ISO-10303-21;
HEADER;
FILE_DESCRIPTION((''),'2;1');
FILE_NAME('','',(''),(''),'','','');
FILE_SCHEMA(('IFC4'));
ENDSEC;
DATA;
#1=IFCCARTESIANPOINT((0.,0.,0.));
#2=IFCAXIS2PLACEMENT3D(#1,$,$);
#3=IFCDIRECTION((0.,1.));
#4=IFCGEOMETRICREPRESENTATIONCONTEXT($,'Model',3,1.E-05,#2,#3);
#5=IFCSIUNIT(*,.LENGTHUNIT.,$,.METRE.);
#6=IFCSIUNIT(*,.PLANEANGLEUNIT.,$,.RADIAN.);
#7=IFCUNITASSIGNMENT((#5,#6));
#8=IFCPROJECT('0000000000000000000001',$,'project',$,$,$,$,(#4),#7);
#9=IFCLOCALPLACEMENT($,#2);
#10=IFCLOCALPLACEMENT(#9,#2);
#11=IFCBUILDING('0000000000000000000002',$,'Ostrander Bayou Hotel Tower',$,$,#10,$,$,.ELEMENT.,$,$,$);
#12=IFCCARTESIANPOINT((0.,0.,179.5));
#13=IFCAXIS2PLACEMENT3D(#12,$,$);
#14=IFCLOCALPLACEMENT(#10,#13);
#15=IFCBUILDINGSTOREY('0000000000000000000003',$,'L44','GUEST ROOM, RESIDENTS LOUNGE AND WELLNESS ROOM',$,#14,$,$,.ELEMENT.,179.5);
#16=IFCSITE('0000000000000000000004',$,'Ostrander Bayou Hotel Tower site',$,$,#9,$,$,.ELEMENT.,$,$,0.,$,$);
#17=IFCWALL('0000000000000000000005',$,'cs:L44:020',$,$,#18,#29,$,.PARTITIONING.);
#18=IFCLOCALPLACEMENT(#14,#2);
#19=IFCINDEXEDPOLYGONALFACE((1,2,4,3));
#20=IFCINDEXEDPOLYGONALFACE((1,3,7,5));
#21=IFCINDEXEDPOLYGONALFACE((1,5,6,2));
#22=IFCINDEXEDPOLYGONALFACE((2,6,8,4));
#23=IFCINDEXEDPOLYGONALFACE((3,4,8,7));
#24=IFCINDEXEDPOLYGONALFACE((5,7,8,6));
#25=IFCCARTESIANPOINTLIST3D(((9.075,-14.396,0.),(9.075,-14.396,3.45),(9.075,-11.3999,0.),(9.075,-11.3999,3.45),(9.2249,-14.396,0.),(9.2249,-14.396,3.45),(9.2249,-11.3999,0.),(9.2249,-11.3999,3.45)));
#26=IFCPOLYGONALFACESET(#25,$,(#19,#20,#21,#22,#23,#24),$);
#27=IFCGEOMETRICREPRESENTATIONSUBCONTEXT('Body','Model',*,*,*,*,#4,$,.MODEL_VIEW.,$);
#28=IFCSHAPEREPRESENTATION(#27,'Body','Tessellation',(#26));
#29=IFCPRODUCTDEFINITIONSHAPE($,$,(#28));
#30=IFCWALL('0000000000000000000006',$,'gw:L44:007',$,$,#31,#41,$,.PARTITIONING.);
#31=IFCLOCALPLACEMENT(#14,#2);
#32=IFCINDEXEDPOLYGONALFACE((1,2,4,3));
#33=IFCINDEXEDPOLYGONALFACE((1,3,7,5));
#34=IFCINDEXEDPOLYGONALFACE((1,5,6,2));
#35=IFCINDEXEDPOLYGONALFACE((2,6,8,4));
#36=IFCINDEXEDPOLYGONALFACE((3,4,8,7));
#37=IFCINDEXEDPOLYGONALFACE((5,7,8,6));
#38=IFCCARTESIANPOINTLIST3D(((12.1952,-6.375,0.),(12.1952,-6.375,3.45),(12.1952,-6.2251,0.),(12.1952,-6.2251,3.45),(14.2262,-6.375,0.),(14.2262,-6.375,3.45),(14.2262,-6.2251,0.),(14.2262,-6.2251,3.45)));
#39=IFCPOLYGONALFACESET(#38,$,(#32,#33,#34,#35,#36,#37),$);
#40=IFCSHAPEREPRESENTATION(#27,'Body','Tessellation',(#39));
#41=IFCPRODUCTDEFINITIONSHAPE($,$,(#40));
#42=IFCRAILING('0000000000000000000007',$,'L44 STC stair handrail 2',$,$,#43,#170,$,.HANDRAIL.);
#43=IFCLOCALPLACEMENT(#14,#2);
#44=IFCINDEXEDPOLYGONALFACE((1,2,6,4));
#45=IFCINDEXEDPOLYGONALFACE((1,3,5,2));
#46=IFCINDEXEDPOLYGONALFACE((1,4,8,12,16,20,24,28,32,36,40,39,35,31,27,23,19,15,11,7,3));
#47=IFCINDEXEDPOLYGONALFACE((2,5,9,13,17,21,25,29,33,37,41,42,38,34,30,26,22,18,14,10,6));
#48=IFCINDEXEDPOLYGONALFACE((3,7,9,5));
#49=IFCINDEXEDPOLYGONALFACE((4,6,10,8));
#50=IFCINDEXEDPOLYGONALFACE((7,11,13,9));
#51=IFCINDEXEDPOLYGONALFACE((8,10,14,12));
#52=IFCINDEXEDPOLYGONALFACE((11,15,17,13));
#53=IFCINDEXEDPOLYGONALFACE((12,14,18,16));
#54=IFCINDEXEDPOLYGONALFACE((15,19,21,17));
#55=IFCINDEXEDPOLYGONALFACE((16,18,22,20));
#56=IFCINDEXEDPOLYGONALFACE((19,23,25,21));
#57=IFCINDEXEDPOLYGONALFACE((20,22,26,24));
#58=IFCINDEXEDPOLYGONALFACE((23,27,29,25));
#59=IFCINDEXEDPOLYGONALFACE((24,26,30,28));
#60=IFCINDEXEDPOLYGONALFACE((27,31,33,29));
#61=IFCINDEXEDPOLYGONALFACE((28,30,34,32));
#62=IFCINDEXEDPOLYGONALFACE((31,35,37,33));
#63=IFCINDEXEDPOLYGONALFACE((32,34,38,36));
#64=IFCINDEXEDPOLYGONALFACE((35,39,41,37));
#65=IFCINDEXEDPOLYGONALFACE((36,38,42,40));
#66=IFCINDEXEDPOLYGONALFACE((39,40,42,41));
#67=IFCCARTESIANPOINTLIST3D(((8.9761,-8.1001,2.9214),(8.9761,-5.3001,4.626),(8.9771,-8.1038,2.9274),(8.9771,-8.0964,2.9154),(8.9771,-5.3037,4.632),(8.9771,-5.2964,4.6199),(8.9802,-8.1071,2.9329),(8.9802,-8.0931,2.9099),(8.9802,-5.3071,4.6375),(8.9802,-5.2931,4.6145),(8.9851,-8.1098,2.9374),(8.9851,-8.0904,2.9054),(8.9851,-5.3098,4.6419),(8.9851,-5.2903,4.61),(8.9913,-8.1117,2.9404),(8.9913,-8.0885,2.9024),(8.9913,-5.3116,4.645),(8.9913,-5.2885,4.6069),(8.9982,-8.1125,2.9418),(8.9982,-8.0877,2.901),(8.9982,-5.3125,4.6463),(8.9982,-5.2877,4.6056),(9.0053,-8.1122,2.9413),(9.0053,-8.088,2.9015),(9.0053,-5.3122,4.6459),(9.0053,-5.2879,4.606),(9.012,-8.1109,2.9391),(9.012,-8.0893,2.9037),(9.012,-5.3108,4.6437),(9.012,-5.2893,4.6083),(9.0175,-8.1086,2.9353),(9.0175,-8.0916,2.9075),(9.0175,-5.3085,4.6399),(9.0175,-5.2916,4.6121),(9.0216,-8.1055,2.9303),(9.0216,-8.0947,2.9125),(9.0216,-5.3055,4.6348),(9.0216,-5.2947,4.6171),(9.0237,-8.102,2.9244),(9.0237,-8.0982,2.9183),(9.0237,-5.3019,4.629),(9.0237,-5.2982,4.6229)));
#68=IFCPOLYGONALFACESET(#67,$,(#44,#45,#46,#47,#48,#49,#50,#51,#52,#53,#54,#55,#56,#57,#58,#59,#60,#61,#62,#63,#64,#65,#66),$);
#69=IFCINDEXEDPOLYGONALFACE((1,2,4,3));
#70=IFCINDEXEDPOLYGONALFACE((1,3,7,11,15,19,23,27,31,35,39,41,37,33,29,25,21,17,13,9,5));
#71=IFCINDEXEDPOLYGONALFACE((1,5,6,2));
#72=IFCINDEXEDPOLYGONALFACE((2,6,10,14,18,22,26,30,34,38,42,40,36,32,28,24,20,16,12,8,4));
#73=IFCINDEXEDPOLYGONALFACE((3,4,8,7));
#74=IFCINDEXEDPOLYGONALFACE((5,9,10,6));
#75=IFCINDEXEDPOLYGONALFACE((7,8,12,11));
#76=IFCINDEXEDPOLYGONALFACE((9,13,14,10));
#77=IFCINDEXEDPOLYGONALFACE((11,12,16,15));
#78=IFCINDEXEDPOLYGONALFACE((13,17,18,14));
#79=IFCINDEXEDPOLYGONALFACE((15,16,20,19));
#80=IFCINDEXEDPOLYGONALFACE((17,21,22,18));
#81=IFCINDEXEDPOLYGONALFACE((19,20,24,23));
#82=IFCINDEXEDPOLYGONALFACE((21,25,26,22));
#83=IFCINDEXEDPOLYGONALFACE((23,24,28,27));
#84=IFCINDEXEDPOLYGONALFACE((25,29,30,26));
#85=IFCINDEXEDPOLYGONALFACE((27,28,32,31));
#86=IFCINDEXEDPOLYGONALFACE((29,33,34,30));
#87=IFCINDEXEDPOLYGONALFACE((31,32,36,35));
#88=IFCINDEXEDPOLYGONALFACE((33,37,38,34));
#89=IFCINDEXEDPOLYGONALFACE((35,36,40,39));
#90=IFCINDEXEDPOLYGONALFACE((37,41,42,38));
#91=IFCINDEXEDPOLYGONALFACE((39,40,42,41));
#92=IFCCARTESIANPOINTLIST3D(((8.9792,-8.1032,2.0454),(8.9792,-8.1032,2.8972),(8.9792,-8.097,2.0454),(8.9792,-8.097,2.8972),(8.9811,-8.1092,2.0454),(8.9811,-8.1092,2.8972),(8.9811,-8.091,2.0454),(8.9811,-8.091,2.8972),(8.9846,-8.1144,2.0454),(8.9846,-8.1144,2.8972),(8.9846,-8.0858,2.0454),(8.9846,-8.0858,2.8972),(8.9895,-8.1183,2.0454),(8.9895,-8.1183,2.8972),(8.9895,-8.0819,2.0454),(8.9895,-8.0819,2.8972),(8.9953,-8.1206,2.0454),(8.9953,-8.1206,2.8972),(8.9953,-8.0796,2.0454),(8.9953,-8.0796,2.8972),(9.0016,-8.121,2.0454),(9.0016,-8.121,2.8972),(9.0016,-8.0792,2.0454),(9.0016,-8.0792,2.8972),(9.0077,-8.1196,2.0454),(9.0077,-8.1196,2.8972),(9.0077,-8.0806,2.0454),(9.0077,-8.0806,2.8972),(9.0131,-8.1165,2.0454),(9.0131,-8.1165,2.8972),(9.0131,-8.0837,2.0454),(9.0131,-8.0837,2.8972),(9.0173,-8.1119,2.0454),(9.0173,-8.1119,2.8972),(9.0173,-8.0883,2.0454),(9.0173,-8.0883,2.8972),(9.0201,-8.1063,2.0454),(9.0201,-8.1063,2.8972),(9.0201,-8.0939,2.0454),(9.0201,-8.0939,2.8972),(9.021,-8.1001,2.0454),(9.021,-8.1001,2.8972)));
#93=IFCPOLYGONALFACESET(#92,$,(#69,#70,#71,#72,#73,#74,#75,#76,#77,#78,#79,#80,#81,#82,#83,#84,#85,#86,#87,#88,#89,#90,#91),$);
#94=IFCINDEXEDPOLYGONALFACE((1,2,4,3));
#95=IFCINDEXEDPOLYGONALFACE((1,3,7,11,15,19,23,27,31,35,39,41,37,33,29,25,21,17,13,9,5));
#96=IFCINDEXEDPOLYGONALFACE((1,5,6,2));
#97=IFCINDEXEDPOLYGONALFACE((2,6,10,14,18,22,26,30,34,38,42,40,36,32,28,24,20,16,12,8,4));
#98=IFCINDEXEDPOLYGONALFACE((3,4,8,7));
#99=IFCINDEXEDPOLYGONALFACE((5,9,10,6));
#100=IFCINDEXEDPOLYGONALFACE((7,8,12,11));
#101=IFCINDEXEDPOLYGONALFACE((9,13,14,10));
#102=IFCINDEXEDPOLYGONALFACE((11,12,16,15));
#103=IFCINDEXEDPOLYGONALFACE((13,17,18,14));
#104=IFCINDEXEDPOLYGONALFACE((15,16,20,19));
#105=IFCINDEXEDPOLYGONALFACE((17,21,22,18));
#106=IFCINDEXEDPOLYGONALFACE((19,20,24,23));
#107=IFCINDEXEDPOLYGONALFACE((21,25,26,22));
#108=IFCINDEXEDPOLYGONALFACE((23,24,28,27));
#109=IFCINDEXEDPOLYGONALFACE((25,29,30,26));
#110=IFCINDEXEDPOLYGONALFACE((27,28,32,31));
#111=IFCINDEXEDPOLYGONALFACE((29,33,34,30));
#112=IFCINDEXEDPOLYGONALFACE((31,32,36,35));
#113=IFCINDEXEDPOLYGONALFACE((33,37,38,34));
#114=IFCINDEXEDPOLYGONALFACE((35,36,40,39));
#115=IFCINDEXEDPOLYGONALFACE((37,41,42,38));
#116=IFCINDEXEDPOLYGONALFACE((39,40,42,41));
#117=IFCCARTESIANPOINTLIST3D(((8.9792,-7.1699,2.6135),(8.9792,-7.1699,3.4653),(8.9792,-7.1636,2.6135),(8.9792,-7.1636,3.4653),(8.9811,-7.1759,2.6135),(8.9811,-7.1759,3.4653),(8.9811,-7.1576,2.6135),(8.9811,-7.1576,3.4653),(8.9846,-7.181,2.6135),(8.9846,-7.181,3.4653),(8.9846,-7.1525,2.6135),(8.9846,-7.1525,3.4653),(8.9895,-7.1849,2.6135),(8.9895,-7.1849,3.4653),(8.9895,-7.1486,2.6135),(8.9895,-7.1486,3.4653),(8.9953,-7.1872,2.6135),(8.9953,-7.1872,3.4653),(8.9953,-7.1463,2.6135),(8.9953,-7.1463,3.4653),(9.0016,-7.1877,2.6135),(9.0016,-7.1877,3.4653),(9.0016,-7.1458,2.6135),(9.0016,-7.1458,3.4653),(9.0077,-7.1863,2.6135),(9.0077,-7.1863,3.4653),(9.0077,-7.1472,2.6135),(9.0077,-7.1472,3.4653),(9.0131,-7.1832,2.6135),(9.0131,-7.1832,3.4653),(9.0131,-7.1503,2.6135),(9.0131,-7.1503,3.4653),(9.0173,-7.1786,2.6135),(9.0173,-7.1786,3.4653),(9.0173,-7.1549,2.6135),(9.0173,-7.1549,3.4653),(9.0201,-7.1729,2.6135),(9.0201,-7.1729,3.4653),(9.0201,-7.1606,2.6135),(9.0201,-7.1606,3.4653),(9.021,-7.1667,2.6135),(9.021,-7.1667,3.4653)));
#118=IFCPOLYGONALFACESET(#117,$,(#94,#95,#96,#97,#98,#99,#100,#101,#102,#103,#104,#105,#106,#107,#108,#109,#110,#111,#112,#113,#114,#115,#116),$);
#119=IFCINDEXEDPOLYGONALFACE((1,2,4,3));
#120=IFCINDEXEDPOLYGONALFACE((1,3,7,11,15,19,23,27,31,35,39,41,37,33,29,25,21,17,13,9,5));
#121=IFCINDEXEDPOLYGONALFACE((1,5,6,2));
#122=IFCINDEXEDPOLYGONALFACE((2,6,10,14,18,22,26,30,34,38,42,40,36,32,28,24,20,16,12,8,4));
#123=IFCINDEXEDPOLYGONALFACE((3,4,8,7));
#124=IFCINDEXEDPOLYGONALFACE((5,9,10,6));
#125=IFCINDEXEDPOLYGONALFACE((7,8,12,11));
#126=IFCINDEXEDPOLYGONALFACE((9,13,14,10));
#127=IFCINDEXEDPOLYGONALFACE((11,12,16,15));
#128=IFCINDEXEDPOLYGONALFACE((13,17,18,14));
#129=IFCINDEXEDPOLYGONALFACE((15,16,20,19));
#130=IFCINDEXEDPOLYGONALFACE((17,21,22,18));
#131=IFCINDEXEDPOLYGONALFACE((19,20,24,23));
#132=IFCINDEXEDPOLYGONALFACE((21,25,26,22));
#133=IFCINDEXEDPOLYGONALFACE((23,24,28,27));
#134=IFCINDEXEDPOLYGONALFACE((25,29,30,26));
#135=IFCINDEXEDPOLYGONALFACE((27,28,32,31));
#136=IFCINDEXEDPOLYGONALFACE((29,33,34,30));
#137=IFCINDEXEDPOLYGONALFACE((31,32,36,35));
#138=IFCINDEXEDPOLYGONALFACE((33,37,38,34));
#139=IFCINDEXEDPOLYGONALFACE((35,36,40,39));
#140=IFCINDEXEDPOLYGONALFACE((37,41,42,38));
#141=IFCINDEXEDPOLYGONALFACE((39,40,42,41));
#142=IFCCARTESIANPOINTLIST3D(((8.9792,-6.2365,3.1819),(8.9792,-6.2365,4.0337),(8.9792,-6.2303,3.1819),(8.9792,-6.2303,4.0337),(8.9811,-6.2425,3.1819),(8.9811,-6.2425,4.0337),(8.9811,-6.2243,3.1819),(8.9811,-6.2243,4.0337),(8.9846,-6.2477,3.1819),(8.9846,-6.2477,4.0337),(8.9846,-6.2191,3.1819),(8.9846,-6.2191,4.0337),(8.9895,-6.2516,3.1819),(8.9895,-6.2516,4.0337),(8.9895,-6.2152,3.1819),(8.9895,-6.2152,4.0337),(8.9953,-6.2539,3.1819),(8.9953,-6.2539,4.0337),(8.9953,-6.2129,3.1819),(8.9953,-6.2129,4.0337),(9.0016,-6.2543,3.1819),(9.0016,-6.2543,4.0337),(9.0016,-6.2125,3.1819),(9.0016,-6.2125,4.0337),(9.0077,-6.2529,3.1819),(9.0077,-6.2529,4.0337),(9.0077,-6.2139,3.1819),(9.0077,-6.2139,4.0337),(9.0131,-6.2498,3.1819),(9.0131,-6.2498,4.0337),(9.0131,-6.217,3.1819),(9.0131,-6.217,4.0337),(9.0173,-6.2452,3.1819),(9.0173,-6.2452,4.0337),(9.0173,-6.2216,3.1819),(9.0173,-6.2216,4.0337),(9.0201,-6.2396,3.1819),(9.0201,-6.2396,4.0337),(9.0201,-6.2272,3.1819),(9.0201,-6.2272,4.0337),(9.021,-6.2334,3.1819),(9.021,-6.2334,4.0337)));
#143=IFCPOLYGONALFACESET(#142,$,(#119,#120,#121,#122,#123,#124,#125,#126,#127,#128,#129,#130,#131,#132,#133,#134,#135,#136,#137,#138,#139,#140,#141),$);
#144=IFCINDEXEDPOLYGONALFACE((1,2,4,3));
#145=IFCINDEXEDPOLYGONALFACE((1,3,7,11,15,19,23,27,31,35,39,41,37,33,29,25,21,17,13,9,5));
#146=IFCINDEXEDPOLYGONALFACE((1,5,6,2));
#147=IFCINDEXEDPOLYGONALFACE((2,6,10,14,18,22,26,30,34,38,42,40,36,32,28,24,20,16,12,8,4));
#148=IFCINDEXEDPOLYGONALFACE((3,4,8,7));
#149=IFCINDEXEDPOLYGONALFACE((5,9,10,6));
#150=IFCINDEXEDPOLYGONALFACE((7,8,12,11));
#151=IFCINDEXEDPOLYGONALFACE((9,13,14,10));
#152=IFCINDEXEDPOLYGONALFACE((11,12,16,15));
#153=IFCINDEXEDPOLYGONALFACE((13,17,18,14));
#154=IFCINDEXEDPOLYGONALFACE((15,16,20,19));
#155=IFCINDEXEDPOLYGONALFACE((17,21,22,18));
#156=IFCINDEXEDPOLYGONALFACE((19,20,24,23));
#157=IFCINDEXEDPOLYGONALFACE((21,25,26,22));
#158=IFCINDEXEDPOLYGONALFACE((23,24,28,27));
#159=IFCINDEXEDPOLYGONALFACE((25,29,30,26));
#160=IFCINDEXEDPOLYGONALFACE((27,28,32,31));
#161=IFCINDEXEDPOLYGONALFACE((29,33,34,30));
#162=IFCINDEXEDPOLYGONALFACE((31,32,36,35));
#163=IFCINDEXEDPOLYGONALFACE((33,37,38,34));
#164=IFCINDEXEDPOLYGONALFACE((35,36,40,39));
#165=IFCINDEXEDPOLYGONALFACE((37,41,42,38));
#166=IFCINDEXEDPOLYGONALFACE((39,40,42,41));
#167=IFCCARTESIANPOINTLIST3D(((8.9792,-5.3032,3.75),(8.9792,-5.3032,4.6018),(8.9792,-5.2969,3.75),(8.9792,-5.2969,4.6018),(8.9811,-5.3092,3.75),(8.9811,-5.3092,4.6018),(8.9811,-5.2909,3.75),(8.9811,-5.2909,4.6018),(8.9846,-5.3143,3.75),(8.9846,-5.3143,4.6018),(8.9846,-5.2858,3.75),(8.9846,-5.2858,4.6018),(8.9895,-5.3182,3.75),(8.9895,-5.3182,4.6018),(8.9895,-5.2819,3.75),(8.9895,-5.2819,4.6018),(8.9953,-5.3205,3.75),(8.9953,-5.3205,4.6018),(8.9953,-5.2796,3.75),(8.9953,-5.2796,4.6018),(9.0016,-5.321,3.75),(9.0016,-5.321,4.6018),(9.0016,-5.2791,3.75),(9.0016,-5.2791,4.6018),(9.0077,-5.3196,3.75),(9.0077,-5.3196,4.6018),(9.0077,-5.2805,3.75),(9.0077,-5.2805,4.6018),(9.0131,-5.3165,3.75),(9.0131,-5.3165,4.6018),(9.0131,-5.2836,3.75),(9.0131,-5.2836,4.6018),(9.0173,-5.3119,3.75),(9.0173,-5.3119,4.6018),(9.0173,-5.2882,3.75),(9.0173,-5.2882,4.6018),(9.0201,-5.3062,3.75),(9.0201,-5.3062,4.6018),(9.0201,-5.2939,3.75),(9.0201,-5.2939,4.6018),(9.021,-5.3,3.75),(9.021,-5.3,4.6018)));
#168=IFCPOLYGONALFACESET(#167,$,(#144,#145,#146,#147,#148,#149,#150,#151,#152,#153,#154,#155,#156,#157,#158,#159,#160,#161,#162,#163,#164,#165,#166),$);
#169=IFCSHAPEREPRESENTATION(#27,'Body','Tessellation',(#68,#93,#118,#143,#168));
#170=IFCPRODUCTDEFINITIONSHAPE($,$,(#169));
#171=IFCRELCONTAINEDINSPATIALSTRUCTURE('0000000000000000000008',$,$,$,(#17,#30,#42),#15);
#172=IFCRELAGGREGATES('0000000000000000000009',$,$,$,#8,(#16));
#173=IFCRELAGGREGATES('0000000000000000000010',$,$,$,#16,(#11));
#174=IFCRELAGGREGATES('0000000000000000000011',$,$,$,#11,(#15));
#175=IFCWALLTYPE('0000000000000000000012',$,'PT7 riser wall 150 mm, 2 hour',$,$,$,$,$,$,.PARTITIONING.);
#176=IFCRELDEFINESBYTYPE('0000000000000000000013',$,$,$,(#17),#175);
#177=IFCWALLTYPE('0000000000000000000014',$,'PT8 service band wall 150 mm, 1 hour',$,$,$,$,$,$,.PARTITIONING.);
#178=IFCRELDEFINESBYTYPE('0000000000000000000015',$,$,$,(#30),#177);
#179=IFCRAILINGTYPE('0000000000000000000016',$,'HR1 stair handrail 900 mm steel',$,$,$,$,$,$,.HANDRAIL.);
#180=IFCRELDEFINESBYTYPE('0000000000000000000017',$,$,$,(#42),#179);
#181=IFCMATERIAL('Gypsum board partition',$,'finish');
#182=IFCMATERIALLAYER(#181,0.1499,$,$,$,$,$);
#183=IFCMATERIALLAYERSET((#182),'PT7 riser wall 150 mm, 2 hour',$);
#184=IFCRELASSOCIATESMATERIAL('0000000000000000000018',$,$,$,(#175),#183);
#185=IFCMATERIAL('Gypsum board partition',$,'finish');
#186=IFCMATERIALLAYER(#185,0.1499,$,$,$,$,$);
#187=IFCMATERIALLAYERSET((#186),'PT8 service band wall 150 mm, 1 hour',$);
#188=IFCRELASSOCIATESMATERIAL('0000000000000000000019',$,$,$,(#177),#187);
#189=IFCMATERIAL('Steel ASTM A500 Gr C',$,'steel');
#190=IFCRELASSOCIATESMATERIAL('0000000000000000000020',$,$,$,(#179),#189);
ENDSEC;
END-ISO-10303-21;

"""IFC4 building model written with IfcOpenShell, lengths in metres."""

from ifc_helpers import new_model, si_unit, direction, frame, frame_2d, origin, origin_2d, place, context, subcontext, project, spatial, rectangle, circle, extrude, material, layer, layer_set, type_object, element, save


model = new_model("IFC4")

# Units and contexts
model_context = context("Model", 3, precision=1e-05, world=origin(), true_north=direction((0.0, 1.0)))
body_context = subcontext(model_context, "Body", "Model", "MODEL_VIEW")
ifc_project = project(units=[si_unit("LENGTHUNIT", "METRE"), si_unit("PLANEANGLEUNIT", "RADIAN")], contexts=[model_context])

# Site, building, storey
site_placement = place(None, origin())
site = spatial("IfcSite", under=ifc_project, at=site_placement, Name="Ostrander Bayou Hotel Tower site", CompositionType="ELEMENT", RefElevation=0.0)
building_placement = place(site_placement, origin())
building = spatial("IfcBuilding", under=site, at=building_placement, Name="Ostrander Bayou Hotel Tower", CompositionType="ELEMENT")
storey_placement = place(building_placement, frame((0.0, 0.0, 179.5)))
storey = spatial("IfcBuildingStorey", under=building, at=storey_placement, Name="L44", Description="GUEST ROOM, RESIDENTS LOUNGE AND WELLNESS ROOM", CompositionType="ELEMENT", Elevation=179.5)

# Walls
ifc_material_1 = material(Name="Gypsum board partition", Category="finish")
ifc_layer_1 = layer(ifc_material_1, 0.1499)
ifc_layer_set_1 = layer_set([ifc_layer_1], Name="PT7 riser wall 150 mm, 2 hour")
wall_type_1 = type_object("IfcWallType", Name="PT7 riser wall 150 mm, 2 hour", PredefinedType="PARTITIONING", material=ifc_layer_set_1)
wall_1_placement = place(storey_placement, frame((9.1499, -11.3999, 0.0), z_axis=(0.0, 0.0, 1.0), x_axis=(0.0, -1.0, 0.0)))
element("IfcWall", 1, at=wall_1_placement, inside=storey, type_object=wall_type_1, Name="cs:L44:020", PredefinedType="PARTITIONING", context=body_context, shape_type="SweptSolid", body=[
    extrude(rectangle(XDim=2.9961, YDim=0.1499, at=frame_2d((1.498, 0.0))), origin(), (0.0, 0.0, 1.0), 3.45),
])
ifc_material_2 = material(Name="Gypsum board partition", Category="finish")
ifc_layer_2 = layer(ifc_material_2, 0.1499)
ifc_layer_set_2 = layer_set([ifc_layer_2], Name="PT8 service band wall 150 mm, 1 hour")
wall_type_2 = type_object("IfcWallType", Name="PT8 service band wall 150 mm, 1 hour", PredefinedType="PARTITIONING", material=ifc_layer_set_2)
wall_2_placement = place(storey_placement, frame((12.1951, -6.3, 0.0), z_axis=(0.0, 0.0, 1.0), x_axis=(1.0, 0.0, 0.0)))
element("IfcWall", 2, at=wall_2_placement, inside=storey, type_object=wall_type_2, Name="gw:L44:007", PredefinedType="PARTITIONING", context=body_context, shape_type="SweptSolid", body=[
    extrude(rectangle(XDim=2.031, YDim=0.1499, at=frame_2d((1.0156, 0.0))), origin(), (0.0, 0.0, 1.0), 3.45),
])

# Railing
ifc_material_3 = material(Name="Steel ASTM A500 Gr C", Category="steel")
railing_type = type_object("IfcRailingType", Name="HR1 stair handrail 900 mm steel", PredefinedType="HANDRAIL", material=ifc_material_3)
railing_placement = place(storey_placement, frame((9.0, -8.1001, 2.0454)))
element("IfcRailing", 3, at=railing_placement, inside=storey, type_object=railing_type, Name="L44 STC stair handrail 2", PredefinedType="HANDRAIL", context=body_context, shape_type="SweptSolid", body=[
    extrude(circle(Radius=0.0239, at=origin_2d()), frame((0.0, 0.0, 0.876), z_axis=(0.0, 0.85417, 0.519994), x_axis=(-1.0, 0.0, 0.0)), (0.0, 0.0, 1.0), 3.2781),
    extrude(circle(Radius=0.021, at=origin_2d()), origin(), (0.0, 0.0, 1.0), 0.8518),
    extrude(circle(Radius=0.021, at=origin_2d()), frame((0.0, 0.9333, 0.5681)), (0.0, 0.0, 1.0), 0.8518),
    extrude(circle(Radius=0.021, at=origin_2d()), frame((0.0, 1.8667, 1.1365)), (0.0, 0.0, 1.0), 0.8518),
    extrude(circle(Radius=0.021, at=origin_2d()), frame((0.0, 2.8, 1.7046)), (0.0, 0.0, 1.0), 0.8518),
])

save(model, "model.ifc")
